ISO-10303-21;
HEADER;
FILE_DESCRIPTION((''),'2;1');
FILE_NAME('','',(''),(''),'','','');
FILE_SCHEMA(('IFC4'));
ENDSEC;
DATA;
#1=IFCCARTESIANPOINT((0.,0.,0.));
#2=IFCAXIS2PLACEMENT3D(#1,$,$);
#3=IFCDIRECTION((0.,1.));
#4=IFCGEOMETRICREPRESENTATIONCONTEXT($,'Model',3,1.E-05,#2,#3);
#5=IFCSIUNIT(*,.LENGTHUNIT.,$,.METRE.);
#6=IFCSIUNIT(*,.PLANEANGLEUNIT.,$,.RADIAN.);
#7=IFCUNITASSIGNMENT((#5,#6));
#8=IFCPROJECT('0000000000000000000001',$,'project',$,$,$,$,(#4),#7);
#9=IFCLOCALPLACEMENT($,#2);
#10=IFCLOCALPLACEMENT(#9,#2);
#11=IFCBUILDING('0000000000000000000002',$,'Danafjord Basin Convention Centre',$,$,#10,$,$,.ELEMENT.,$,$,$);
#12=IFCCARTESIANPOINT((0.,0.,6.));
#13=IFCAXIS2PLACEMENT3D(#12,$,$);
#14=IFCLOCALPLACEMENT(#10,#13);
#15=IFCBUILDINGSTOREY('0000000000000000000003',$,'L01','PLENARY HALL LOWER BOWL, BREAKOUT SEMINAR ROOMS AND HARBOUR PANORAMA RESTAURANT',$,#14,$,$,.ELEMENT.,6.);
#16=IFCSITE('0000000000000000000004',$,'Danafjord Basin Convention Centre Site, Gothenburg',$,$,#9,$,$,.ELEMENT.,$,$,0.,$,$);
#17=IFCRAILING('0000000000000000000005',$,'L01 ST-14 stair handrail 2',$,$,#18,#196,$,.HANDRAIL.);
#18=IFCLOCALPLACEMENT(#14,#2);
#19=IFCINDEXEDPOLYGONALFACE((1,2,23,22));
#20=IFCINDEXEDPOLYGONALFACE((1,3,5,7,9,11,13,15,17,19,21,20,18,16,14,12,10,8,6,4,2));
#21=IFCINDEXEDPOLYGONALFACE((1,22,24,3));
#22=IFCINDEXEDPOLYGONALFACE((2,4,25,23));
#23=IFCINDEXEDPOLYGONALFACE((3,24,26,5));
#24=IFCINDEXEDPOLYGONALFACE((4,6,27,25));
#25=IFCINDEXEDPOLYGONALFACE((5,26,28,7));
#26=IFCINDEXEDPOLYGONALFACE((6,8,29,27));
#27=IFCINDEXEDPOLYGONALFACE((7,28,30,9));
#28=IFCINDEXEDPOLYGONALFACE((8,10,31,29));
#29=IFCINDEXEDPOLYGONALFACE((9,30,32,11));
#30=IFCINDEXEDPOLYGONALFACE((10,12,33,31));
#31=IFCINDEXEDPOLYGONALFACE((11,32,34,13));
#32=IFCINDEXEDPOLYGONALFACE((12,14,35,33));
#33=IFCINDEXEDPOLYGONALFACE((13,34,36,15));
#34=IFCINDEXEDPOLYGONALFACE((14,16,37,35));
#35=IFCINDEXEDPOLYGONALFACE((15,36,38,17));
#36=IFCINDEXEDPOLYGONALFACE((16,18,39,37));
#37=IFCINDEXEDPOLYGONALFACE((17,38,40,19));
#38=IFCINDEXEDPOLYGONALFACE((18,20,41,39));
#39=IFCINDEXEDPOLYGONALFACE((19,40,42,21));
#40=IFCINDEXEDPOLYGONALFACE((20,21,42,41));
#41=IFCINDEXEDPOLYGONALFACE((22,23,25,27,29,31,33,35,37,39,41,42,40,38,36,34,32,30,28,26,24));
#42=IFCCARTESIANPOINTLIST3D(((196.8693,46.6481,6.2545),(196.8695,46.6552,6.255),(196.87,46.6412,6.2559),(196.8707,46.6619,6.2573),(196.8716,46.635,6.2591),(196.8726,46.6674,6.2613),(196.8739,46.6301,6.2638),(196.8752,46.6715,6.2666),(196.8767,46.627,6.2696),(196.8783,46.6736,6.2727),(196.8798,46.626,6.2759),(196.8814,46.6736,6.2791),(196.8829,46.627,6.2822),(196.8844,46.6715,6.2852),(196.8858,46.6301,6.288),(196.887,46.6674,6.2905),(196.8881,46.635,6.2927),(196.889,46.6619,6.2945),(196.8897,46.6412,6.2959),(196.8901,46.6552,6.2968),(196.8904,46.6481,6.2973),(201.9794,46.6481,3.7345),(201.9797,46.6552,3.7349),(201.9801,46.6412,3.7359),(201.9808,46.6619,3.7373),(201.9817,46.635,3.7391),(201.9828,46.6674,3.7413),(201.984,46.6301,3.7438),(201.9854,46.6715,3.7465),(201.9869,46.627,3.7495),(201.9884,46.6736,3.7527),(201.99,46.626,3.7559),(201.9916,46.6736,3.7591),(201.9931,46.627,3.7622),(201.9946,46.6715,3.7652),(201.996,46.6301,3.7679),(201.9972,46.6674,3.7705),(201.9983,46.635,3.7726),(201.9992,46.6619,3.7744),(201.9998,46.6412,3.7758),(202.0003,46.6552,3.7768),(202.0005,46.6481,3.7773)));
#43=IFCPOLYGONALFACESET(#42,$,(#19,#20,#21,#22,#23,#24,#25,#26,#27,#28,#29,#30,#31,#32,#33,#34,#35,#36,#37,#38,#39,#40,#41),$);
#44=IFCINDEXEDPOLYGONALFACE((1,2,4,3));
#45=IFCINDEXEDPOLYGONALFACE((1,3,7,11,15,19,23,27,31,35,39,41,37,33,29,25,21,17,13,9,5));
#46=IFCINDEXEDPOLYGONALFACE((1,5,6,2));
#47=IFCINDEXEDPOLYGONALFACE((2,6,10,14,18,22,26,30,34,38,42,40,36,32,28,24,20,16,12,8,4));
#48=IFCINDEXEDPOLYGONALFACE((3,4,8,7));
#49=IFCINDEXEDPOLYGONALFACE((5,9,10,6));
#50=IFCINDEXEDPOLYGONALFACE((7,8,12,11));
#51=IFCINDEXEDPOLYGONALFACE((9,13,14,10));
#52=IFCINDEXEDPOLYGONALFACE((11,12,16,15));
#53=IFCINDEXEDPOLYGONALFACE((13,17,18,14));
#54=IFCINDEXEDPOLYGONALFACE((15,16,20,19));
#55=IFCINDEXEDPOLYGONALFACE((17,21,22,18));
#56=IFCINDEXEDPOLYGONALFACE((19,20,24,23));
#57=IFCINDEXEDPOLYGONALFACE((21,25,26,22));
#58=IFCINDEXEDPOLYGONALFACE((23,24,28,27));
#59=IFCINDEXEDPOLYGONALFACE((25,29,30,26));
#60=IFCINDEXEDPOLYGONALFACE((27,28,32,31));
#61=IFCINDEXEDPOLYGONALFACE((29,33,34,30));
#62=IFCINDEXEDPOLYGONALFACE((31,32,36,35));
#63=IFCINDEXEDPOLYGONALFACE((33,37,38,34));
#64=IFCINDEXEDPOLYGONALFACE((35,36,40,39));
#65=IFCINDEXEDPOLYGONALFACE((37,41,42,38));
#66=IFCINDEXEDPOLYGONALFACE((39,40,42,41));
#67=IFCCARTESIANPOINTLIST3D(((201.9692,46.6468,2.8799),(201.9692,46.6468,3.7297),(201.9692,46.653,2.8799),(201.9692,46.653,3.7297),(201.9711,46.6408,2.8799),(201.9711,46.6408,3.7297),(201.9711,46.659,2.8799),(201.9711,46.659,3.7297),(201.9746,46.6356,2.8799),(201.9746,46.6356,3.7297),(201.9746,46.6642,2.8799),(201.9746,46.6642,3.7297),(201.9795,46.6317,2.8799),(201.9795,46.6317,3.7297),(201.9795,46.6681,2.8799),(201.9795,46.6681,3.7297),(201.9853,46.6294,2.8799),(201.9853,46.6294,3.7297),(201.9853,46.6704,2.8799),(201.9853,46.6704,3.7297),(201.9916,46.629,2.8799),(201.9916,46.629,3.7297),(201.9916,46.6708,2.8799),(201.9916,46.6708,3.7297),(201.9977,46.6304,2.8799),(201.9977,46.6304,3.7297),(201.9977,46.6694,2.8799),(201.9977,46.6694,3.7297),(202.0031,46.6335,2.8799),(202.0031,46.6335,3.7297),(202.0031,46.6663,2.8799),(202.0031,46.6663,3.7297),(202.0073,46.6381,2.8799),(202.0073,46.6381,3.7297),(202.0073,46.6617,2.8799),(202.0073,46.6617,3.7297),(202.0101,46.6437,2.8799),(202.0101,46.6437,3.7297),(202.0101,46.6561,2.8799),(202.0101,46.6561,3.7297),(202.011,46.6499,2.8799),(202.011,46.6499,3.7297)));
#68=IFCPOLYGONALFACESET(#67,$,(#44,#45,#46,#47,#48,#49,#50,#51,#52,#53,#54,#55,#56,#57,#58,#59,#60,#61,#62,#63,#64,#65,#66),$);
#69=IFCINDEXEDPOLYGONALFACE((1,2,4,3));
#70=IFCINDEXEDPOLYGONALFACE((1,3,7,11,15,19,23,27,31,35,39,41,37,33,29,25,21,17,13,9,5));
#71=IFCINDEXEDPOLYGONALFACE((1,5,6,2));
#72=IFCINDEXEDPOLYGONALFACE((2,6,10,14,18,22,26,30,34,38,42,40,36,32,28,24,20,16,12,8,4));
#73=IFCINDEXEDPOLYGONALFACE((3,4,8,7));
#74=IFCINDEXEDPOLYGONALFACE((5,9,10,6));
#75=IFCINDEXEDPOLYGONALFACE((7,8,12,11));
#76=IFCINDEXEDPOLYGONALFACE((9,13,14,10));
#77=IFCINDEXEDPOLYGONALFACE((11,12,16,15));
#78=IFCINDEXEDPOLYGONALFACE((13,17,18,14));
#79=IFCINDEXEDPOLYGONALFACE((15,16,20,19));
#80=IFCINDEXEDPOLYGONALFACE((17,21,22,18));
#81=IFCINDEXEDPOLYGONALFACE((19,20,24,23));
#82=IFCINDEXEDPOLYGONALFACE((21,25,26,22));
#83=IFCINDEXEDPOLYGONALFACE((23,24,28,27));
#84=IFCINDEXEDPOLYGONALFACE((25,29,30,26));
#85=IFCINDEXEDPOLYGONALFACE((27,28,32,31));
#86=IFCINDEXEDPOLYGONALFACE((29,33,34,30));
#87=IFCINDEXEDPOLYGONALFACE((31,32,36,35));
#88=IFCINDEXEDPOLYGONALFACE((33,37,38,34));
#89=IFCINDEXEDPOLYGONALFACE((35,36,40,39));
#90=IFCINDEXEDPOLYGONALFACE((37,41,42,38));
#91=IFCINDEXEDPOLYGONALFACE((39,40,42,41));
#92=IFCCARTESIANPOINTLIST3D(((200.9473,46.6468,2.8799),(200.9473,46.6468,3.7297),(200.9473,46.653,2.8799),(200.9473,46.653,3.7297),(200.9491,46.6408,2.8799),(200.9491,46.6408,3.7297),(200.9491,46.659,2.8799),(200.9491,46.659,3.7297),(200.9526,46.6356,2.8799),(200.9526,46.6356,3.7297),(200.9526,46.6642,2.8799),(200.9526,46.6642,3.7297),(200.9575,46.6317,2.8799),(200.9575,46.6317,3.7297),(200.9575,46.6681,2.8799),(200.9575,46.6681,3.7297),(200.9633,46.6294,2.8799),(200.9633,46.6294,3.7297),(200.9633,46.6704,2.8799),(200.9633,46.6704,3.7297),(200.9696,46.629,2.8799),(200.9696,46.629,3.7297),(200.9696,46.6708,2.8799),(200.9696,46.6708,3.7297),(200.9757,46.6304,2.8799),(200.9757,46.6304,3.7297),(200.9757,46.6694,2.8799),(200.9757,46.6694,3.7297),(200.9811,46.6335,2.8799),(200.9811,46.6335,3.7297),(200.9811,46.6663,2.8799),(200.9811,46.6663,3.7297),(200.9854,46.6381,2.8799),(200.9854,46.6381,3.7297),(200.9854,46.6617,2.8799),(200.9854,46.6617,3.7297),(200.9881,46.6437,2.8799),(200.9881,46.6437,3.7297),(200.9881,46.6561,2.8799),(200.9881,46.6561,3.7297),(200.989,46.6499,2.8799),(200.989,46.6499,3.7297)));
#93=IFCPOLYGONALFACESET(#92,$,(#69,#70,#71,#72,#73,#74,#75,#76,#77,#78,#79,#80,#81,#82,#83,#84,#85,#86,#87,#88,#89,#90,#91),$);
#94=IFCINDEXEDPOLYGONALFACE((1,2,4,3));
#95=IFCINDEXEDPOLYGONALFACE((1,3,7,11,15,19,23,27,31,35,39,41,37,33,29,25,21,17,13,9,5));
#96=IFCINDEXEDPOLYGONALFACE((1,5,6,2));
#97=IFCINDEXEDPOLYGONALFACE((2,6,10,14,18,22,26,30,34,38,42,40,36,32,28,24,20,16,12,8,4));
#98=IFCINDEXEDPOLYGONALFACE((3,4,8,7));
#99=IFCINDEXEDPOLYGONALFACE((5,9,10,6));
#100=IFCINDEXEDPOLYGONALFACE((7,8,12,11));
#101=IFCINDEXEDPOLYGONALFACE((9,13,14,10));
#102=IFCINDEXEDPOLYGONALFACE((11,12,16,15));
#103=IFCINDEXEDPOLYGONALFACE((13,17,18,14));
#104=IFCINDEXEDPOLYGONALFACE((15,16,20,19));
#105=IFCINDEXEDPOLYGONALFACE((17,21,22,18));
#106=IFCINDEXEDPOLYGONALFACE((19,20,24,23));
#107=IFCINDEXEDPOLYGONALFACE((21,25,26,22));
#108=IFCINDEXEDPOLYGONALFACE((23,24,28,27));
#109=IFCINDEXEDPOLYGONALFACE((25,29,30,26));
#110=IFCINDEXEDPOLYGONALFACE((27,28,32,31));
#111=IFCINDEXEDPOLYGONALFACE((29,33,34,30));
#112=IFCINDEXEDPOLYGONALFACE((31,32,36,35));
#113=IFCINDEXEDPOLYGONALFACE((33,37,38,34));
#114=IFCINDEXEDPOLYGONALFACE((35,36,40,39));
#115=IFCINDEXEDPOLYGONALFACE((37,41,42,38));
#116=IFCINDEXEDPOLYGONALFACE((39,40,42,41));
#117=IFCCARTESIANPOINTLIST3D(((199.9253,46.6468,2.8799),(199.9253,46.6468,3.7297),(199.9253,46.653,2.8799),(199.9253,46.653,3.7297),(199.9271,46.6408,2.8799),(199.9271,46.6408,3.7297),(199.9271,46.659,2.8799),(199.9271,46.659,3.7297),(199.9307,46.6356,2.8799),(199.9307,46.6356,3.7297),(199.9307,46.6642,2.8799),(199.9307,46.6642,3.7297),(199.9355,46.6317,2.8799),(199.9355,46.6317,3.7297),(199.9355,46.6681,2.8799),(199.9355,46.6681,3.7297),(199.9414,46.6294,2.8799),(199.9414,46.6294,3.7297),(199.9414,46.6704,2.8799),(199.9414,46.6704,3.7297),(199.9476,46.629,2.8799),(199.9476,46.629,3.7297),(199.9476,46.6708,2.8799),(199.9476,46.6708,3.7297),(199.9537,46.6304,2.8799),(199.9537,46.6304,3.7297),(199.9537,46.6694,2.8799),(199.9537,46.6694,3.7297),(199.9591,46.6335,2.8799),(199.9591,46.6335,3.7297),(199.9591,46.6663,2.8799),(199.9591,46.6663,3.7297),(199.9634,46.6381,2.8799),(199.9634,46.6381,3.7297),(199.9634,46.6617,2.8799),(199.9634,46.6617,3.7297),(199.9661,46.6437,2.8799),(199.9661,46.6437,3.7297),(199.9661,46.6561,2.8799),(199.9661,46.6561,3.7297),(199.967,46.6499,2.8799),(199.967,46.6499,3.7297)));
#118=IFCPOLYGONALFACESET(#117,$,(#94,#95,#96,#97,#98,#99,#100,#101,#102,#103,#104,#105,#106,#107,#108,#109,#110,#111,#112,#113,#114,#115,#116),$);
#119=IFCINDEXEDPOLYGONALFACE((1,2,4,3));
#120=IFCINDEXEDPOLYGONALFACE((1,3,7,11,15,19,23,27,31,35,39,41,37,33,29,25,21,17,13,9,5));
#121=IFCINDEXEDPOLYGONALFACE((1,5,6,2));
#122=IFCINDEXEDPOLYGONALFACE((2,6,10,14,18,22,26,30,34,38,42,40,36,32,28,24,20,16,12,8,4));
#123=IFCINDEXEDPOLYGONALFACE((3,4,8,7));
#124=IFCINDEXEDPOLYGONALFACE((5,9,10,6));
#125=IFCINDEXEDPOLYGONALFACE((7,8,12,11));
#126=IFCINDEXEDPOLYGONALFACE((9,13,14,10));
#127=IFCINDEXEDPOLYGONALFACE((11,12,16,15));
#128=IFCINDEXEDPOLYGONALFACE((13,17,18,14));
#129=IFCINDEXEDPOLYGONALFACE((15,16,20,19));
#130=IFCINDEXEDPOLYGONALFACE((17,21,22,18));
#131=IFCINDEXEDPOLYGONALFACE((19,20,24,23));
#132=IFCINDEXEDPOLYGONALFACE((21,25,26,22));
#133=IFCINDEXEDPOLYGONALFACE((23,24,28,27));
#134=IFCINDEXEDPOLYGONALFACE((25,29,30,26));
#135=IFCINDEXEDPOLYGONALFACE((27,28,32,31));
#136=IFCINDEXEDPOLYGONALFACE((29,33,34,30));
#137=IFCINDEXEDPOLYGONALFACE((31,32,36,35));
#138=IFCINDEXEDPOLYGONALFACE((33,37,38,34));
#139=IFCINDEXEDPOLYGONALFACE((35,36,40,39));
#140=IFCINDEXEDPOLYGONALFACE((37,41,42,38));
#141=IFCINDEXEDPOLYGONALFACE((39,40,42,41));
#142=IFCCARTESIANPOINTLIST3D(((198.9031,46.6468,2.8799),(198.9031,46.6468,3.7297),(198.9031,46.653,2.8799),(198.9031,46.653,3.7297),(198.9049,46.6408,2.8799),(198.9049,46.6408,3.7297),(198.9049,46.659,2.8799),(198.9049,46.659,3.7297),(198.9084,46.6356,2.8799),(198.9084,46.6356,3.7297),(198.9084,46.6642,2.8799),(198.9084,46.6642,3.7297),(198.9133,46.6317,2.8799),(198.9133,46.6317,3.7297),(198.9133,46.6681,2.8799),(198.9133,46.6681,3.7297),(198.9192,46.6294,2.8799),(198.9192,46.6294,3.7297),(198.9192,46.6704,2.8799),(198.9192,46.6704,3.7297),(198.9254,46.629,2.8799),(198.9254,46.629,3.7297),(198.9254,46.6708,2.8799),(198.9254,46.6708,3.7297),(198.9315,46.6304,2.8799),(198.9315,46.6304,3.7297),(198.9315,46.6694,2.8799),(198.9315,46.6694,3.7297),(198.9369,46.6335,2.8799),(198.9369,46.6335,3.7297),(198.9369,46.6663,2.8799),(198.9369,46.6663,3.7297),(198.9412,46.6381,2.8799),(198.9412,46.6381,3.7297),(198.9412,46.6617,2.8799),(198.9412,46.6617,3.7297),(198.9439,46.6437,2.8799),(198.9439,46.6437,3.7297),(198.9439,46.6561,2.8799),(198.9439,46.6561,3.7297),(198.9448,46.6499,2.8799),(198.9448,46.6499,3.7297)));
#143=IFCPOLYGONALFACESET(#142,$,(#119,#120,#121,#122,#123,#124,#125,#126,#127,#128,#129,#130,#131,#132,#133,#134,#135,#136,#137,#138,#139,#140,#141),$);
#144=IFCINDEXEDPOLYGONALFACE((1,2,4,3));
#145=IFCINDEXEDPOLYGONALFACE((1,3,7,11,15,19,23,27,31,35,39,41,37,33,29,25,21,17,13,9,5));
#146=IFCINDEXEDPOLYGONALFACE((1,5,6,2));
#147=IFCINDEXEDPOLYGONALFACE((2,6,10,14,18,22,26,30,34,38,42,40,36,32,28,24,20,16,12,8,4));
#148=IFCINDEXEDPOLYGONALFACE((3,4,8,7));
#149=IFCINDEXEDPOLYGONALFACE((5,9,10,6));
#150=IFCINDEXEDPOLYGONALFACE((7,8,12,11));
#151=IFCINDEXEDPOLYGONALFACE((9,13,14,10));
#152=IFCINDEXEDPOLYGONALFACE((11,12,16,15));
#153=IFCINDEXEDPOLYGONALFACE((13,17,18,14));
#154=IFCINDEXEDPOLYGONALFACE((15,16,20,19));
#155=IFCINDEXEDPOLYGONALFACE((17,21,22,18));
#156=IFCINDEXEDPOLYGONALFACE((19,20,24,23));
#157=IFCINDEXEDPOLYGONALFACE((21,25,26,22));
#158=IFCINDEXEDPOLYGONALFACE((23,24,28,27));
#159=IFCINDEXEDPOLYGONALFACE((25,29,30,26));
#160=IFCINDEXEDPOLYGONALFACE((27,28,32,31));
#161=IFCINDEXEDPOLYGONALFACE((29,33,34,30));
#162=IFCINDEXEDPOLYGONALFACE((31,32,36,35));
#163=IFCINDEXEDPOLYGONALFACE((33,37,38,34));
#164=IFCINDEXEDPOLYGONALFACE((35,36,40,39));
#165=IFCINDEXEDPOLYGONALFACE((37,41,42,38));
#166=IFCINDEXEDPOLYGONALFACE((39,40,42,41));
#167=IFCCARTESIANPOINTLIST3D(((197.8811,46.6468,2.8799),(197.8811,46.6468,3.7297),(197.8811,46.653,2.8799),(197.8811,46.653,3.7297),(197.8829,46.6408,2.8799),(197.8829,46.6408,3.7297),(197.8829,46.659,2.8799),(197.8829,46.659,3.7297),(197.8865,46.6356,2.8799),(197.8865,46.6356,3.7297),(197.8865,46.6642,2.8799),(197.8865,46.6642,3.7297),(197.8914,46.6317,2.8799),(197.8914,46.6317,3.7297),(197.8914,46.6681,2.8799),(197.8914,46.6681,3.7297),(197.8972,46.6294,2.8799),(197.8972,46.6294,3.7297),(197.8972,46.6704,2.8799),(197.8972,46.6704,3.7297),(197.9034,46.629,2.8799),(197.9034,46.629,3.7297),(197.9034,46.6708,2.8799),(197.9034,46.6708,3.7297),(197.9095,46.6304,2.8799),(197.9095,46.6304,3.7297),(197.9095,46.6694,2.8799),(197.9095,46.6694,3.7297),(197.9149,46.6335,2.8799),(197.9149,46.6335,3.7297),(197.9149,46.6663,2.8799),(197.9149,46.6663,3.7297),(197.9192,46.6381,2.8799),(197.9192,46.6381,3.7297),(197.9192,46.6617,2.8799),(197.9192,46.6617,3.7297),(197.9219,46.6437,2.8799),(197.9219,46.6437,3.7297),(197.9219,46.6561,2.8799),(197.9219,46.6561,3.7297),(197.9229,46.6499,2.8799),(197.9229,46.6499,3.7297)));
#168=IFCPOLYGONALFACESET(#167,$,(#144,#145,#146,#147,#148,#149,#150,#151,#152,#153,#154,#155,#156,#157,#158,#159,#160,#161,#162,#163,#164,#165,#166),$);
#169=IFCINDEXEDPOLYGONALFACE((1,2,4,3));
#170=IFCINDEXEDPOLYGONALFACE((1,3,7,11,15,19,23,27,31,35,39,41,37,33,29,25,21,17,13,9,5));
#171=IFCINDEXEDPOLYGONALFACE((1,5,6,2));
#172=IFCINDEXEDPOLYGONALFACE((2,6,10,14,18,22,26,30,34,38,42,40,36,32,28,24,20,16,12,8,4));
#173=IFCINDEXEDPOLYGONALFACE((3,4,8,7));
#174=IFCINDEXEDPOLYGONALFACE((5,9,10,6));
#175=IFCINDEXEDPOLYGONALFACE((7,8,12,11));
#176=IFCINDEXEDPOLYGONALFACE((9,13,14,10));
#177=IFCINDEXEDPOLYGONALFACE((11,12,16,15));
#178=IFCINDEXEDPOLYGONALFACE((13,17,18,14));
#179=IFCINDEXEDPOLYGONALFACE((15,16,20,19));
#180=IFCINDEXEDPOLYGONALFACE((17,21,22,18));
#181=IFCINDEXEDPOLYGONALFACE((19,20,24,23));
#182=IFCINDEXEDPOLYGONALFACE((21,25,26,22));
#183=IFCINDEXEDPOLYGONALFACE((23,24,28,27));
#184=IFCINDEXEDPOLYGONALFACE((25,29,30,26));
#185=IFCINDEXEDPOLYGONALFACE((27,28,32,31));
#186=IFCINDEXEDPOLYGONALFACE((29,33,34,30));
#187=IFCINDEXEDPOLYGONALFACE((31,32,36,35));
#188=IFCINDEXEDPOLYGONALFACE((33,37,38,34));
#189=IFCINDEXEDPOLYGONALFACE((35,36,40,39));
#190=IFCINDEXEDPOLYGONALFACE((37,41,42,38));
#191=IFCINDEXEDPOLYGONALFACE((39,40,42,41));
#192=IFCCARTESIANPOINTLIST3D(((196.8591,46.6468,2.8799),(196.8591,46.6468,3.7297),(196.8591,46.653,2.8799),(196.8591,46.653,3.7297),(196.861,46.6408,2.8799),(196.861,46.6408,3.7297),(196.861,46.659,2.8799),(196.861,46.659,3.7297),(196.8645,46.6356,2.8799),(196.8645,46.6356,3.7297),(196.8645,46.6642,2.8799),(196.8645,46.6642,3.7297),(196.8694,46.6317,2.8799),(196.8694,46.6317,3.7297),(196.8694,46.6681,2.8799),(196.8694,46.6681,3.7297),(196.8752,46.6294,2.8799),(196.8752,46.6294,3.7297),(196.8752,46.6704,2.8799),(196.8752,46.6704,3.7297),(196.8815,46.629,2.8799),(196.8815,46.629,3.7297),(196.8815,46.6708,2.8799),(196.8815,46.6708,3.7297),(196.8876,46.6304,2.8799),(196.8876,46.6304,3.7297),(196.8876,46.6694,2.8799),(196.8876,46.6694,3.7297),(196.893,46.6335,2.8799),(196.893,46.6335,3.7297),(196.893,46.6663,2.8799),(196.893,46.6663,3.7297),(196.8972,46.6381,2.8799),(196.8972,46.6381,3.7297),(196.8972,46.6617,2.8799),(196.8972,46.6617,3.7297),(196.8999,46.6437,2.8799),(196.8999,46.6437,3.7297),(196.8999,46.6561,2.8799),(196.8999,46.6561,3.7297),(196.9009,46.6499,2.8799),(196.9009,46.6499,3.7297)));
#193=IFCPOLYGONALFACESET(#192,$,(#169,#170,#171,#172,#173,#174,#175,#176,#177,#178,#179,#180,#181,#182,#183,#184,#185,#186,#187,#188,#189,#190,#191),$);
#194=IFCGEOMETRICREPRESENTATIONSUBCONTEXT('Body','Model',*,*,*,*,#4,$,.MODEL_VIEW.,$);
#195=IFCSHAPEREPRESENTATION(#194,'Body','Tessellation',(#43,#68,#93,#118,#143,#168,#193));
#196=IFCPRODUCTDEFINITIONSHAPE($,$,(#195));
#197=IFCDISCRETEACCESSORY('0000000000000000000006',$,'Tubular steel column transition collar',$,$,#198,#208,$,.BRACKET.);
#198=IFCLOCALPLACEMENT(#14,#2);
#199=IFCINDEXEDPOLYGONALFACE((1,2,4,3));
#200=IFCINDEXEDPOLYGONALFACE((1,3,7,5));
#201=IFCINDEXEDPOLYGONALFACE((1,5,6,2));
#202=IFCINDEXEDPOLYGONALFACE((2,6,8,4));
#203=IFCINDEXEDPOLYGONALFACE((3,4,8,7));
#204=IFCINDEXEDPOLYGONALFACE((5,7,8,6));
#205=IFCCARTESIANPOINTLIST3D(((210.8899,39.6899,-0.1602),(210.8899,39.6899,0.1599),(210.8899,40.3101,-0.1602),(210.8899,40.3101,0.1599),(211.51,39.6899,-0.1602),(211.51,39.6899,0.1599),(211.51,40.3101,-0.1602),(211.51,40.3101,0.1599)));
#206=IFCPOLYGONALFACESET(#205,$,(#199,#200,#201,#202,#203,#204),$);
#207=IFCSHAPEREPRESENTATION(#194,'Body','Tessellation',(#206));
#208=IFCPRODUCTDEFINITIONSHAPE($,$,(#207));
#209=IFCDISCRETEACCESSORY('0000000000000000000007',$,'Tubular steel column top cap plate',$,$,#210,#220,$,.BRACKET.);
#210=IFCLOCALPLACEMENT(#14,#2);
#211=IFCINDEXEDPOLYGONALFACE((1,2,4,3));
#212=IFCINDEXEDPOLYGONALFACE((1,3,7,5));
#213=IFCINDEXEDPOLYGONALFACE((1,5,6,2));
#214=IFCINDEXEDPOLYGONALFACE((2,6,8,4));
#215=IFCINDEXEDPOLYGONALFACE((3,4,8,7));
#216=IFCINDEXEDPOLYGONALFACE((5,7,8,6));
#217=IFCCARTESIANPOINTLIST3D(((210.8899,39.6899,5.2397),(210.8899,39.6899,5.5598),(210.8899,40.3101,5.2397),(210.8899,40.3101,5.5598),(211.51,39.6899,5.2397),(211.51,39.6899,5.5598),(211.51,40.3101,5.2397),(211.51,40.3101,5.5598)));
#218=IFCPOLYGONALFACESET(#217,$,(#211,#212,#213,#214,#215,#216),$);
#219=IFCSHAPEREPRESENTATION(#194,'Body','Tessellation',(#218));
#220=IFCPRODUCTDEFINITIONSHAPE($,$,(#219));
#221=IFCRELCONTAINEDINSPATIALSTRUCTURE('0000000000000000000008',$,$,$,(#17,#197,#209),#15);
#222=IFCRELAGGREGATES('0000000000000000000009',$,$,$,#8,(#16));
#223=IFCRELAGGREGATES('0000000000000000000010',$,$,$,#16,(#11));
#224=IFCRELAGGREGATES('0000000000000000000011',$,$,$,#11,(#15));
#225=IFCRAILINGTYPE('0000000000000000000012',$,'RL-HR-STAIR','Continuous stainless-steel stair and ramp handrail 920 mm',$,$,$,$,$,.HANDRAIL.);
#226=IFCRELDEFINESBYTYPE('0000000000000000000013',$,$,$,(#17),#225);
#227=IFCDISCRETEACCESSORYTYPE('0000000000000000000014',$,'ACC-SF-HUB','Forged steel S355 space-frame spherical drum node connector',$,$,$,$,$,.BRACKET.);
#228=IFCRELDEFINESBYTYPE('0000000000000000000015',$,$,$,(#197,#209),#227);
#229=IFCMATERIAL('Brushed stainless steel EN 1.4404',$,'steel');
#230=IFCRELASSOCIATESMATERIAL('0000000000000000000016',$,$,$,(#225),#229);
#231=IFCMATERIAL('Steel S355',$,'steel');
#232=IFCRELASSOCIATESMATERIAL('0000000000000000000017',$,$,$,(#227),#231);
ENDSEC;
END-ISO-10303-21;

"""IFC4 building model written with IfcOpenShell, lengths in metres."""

from ifc_helpers import new_model, si_unit, direction, frame, origin, origin_2d, place, context, subcontext, project, spatial, rectangle, circle, extrude, material, type_object, element, save


model = new_model("IFC4")

# Units and contexts
model_context = context("Model", 3, precision=1e-05, world=origin(), true_north=direction((0.0, 1.0)))
body_context = subcontext(model_context, "Body", "Model", "MODEL_VIEW")
ifc_project = project(units=[si_unit("LENGTHUNIT", "METRE"), si_unit("PLANEANGLEUNIT", "RADIAN")], contexts=[model_context])

# Site, building, storey
site_placement = place(None, origin())
site = spatial("IfcSite", under=ifc_project, at=site_placement, Name="Danafjord Basin Convention Centre Site, Gothenburg", CompositionType="ELEMENT", RefElevation=0.0)
building_placement = place(site_placement, origin())
building = spatial("IfcBuilding", under=site, at=building_placement, Name="Danafjord Basin Convention Centre", CompositionType="ELEMENT")
storey_placement = place(building_placement, frame((0.0, 0.0, 6.0)))
storey = spatial("IfcBuildingStorey", under=building, at=storey_placement, Name="L01", Description="PLENARY HALL LOWER BOWL, BREAKOUT SEMINAR ROOMS AND HARBOUR PANORAMA RESTAURANT", CompositionType="ELEMENT", Elevation=6.0)

# Shared definitions
ifc_material_1 = material(Name="Steel S355", Category="steel")

# Railing
ifc_material_2 = material(Name="Brushed stainless steel EN 1.4404", Category="steel")
railing_type_1 = type_object("IfcRailingType", Name="RL-HR-STAIR", Description="Continuous stainless-steel stair and ramp handrail 920 mm", PredefinedType="HANDRAIL", material=ifc_material_2)
railing_1_placement = place(storey_placement, frame((201.99, 46.6499, 2.8799)))
element("IfcRailing", 1, at=railing_1_placement, inside=storey, type_object=railing_type_1, Name="L01 ST-14 stair handrail 2", PredefinedType="HANDRAIL", context=body_context, shape_type="SweptSolid", body=[
    extrude(circle(Radius=0.0239, at=origin_2d()), frame((0.0, 0.0, 0.876), z_axis=(-0.896873, 0.0, 0.442288), x_axis=(0.0, -1.0, 0.0)), (0.0, 0.0, 1.0), 5.6978),
    extrude(circle(Radius=0.021, at=origin_2d()), origin(), (0.0, 0.0, 1.0), 0.8499),
    extrude(circle(Radius=0.021, at=origin_2d()), frame((-1.022, 0.0, 0.0)), (0.0, 0.0, 1.0), 0.8499),
    extrude(circle(Radius=0.021, at=origin_2d()), frame((-2.0439, 0.0, 0.0)), (0.0, 0.0, 1.0), 0.8499),
    extrude(circle(Radius=0.021, at=origin_2d()), frame((-3.0662, 0.0, 0.0)), (0.0, 0.0, 1.0), 0.8499),
    extrude(circle(Radius=0.021, at=origin_2d()), frame((-4.0881, 0.0, 0.0)), (0.0, 0.0, 1.0), 0.8499),
    extrude(circle(Radius=0.021, at=origin_2d()), frame((-5.1101, 0.0, 0.0)), (0.0, 0.0, 1.0), 0.8499),
])

# Discrete accessories
discrete_accessory_type = type_object("IfcDiscreteAccessoryType", Name="ACC-SF-HUB", Description="Forged steel S355 space-frame spherical drum node connector", PredefinedType="BRACKET", material=ifc_material_1)
for number, where, z_axis, x_axis, name in (
    (2, (211.2, 40.0, -0.1602), (0.0, 0.0, 1.0), (1.0, 0.0, 0.0), "Tubular steel column transition collar"),
    (3, (211.2, 40.0, 5.2397), (0.0, 0.0, 1.0), (1.0, 0.0, 0.0), "Tubular steel column top cap plate"),
):
    element("IfcDiscreteAccessory", number, at=place(storey_placement, frame(where, z_axis=z_axis, x_axis=x_axis)), inside=storey, type_object=discrete_accessory_type, Name=name, PredefinedType="BRACKET", context=body_context, shape_type="SweptSolid", body=[
        extrude(rectangle(XDim=0.6201, YDim=0.6201, at=origin_2d()), origin(), (0.0, 0.0, 1.0), 0.3201),
    ])

save(model, "model.ifc")
